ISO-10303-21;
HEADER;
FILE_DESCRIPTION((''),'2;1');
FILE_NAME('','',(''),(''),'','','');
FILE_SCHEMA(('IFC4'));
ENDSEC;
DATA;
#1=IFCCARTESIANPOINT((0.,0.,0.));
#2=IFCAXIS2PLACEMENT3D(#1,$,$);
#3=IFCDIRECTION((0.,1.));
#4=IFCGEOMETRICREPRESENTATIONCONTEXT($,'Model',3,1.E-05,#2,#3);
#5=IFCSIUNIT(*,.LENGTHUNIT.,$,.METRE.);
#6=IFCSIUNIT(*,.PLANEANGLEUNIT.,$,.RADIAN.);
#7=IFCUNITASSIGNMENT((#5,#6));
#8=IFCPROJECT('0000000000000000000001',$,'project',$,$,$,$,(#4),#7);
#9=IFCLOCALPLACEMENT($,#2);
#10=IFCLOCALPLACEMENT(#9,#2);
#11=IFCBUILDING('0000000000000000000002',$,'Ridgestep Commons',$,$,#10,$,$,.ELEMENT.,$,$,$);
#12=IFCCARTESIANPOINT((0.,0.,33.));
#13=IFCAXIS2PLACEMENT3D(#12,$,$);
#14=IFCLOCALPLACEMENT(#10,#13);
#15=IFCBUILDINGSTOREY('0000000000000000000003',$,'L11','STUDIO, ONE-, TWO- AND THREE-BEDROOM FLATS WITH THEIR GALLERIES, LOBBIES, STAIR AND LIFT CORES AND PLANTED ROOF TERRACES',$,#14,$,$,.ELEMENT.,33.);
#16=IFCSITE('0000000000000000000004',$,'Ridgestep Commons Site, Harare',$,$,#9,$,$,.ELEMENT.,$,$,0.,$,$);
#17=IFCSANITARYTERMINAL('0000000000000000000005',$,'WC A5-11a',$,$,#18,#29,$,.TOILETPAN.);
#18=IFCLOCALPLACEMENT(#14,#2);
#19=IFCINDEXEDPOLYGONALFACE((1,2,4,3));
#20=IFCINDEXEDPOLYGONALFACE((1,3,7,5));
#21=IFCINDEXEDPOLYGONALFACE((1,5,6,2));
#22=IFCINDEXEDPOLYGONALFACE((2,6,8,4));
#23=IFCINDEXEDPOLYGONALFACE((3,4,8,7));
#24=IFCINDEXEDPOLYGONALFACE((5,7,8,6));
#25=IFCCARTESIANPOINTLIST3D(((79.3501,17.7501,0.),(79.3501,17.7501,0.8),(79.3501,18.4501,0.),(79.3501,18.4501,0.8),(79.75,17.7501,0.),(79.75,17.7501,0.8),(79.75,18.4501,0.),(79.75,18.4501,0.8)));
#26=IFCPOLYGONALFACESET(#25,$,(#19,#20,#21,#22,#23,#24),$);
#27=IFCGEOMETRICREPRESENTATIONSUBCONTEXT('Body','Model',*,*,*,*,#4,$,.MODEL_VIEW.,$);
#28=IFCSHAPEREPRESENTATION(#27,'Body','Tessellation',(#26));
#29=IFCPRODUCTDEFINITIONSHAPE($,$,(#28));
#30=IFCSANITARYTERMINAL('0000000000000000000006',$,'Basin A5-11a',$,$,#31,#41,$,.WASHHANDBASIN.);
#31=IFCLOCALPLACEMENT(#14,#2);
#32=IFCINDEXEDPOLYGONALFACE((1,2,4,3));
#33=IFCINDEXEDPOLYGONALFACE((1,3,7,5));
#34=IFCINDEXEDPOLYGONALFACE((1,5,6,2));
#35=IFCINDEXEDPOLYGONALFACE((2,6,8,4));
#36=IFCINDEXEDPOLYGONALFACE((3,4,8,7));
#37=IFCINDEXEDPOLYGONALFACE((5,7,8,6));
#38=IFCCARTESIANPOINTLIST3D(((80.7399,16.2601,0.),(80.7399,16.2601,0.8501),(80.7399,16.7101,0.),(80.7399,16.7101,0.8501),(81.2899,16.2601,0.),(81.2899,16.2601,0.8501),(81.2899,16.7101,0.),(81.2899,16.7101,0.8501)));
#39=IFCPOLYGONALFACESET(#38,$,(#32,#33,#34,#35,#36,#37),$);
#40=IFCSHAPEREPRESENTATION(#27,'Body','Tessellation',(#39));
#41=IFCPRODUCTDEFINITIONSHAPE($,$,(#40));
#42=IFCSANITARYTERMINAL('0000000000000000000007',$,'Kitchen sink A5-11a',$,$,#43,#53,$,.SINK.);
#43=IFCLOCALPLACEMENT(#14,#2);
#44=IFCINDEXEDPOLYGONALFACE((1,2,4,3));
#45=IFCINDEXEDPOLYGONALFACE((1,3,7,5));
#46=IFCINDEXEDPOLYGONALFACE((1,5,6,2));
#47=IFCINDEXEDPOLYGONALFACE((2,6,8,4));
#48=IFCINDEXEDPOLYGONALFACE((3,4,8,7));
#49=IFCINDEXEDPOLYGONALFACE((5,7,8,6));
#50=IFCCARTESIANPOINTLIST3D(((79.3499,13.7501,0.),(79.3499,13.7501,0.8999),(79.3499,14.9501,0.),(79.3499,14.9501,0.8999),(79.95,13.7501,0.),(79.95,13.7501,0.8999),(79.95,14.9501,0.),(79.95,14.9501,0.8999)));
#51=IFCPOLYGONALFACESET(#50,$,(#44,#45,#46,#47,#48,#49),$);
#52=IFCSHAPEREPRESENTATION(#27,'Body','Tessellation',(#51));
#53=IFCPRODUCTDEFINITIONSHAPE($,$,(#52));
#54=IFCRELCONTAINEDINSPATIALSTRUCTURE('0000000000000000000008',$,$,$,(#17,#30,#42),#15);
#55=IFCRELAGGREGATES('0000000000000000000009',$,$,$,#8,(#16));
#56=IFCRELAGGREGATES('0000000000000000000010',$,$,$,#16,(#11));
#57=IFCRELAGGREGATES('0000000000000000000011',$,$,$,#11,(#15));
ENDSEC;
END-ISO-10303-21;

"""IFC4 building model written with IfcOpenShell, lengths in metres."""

from ifc_helpers import new_model, si_unit, direction, frame, origin, origin_2d, place, context, subcontext, project, spatial, rectangle, extrude, element, save


model = new_model("IFC4")

# Units and contexts
model_context = context("Model", 3, precision=1e-05, world=origin(), true_north=direction((0.0, 1.0)))
body_context = subcontext(model_context, "Body", "Model", "MODEL_VIEW")
ifc_project = project(units=[si_unit("LENGTHUNIT", "METRE"), si_unit("PLANEANGLEUNIT", "RADIAN")], contexts=[model_context])

# Site, building, storey
site_placement = place(None, origin())
site = spatial("IfcSite", under=ifc_project, at=site_placement, Name="Ridgestep Commons Site, Harare", CompositionType="ELEMENT", RefElevation=0.0)
building_placement = place(site_placement, origin())
building = spatial("IfcBuilding", under=site, at=building_placement, Name="Ridgestep Commons", CompositionType="ELEMENT")
storey_placement = place(building_placement, frame((0.0, 0.0, 33.0)))
storey = spatial("IfcBuildingStorey", under=building, at=storey_placement, Name="L11", Description="STUDIO, ONE-, TWO- AND THREE-BEDROOM FLATS WITH THEIR GALLERIES, LOBBIES, STAIR AND LIFT CORES AND PLANTED ROOF TERRACES", CompositionType="ELEMENT", Elevation=33.0)

# Sanitary terminals
sanitary_terminal_1_placement = place(storey_placement, frame((79.55, 18.1001, 0.0), z_axis=(0.0, 0.0, 1.0), x_axis=(1.0, 0.0, 0.0)))
element("IfcSanitaryTerminal", 1, at=sanitary_terminal_1_placement, inside=storey, Name="WC A5-11a", PredefinedType="TOILETPAN", context=body_context, shape_type="SweptSolid", body=[
    extrude(rectangle(XDim=0.3999, YDim=0.7, at=origin_2d()), origin(), (0.0, 0.0, 1.0), 0.8),
])
sanitary_terminal_2_placement = place(storey_placement, frame((81.0149, 16.4851, 0.0), z_axis=(0.0, 0.0, 1.0), x_axis=(1.0, 0.0, 0.0)))
element("IfcSanitaryTerminal", 2, at=sanitary_terminal_2_placement, inside=storey, Name="Basin A5-11a", PredefinedType="WASHHANDBASIN", context=body_context, shape_type="SweptSolid", body=[
    extrude(rectangle(XDim=0.55, YDim=0.45, at=origin_2d()), origin(), (0.0, 0.0, 1.0), 0.8501),
])
sanitary_terminal_3_placement = place(storey_placement, frame((79.6499, 14.3501, 0.0), z_axis=(0.0, 0.0, 1.0), x_axis=(1.0, 0.0, 0.0)))
element("IfcSanitaryTerminal", 3, at=sanitary_terminal_3_placement, inside=storey, Name="Kitchen sink A5-11a", PredefinedType="SINK", context=body_context, shape_type="SweptSolid", body=[
    extrude(rectangle(XDim=0.6001, YDim=1.2, at=origin_2d()), origin(), (0.0, 0.0, 1.0), 0.8999),
])

save(model, "model.ifc")
